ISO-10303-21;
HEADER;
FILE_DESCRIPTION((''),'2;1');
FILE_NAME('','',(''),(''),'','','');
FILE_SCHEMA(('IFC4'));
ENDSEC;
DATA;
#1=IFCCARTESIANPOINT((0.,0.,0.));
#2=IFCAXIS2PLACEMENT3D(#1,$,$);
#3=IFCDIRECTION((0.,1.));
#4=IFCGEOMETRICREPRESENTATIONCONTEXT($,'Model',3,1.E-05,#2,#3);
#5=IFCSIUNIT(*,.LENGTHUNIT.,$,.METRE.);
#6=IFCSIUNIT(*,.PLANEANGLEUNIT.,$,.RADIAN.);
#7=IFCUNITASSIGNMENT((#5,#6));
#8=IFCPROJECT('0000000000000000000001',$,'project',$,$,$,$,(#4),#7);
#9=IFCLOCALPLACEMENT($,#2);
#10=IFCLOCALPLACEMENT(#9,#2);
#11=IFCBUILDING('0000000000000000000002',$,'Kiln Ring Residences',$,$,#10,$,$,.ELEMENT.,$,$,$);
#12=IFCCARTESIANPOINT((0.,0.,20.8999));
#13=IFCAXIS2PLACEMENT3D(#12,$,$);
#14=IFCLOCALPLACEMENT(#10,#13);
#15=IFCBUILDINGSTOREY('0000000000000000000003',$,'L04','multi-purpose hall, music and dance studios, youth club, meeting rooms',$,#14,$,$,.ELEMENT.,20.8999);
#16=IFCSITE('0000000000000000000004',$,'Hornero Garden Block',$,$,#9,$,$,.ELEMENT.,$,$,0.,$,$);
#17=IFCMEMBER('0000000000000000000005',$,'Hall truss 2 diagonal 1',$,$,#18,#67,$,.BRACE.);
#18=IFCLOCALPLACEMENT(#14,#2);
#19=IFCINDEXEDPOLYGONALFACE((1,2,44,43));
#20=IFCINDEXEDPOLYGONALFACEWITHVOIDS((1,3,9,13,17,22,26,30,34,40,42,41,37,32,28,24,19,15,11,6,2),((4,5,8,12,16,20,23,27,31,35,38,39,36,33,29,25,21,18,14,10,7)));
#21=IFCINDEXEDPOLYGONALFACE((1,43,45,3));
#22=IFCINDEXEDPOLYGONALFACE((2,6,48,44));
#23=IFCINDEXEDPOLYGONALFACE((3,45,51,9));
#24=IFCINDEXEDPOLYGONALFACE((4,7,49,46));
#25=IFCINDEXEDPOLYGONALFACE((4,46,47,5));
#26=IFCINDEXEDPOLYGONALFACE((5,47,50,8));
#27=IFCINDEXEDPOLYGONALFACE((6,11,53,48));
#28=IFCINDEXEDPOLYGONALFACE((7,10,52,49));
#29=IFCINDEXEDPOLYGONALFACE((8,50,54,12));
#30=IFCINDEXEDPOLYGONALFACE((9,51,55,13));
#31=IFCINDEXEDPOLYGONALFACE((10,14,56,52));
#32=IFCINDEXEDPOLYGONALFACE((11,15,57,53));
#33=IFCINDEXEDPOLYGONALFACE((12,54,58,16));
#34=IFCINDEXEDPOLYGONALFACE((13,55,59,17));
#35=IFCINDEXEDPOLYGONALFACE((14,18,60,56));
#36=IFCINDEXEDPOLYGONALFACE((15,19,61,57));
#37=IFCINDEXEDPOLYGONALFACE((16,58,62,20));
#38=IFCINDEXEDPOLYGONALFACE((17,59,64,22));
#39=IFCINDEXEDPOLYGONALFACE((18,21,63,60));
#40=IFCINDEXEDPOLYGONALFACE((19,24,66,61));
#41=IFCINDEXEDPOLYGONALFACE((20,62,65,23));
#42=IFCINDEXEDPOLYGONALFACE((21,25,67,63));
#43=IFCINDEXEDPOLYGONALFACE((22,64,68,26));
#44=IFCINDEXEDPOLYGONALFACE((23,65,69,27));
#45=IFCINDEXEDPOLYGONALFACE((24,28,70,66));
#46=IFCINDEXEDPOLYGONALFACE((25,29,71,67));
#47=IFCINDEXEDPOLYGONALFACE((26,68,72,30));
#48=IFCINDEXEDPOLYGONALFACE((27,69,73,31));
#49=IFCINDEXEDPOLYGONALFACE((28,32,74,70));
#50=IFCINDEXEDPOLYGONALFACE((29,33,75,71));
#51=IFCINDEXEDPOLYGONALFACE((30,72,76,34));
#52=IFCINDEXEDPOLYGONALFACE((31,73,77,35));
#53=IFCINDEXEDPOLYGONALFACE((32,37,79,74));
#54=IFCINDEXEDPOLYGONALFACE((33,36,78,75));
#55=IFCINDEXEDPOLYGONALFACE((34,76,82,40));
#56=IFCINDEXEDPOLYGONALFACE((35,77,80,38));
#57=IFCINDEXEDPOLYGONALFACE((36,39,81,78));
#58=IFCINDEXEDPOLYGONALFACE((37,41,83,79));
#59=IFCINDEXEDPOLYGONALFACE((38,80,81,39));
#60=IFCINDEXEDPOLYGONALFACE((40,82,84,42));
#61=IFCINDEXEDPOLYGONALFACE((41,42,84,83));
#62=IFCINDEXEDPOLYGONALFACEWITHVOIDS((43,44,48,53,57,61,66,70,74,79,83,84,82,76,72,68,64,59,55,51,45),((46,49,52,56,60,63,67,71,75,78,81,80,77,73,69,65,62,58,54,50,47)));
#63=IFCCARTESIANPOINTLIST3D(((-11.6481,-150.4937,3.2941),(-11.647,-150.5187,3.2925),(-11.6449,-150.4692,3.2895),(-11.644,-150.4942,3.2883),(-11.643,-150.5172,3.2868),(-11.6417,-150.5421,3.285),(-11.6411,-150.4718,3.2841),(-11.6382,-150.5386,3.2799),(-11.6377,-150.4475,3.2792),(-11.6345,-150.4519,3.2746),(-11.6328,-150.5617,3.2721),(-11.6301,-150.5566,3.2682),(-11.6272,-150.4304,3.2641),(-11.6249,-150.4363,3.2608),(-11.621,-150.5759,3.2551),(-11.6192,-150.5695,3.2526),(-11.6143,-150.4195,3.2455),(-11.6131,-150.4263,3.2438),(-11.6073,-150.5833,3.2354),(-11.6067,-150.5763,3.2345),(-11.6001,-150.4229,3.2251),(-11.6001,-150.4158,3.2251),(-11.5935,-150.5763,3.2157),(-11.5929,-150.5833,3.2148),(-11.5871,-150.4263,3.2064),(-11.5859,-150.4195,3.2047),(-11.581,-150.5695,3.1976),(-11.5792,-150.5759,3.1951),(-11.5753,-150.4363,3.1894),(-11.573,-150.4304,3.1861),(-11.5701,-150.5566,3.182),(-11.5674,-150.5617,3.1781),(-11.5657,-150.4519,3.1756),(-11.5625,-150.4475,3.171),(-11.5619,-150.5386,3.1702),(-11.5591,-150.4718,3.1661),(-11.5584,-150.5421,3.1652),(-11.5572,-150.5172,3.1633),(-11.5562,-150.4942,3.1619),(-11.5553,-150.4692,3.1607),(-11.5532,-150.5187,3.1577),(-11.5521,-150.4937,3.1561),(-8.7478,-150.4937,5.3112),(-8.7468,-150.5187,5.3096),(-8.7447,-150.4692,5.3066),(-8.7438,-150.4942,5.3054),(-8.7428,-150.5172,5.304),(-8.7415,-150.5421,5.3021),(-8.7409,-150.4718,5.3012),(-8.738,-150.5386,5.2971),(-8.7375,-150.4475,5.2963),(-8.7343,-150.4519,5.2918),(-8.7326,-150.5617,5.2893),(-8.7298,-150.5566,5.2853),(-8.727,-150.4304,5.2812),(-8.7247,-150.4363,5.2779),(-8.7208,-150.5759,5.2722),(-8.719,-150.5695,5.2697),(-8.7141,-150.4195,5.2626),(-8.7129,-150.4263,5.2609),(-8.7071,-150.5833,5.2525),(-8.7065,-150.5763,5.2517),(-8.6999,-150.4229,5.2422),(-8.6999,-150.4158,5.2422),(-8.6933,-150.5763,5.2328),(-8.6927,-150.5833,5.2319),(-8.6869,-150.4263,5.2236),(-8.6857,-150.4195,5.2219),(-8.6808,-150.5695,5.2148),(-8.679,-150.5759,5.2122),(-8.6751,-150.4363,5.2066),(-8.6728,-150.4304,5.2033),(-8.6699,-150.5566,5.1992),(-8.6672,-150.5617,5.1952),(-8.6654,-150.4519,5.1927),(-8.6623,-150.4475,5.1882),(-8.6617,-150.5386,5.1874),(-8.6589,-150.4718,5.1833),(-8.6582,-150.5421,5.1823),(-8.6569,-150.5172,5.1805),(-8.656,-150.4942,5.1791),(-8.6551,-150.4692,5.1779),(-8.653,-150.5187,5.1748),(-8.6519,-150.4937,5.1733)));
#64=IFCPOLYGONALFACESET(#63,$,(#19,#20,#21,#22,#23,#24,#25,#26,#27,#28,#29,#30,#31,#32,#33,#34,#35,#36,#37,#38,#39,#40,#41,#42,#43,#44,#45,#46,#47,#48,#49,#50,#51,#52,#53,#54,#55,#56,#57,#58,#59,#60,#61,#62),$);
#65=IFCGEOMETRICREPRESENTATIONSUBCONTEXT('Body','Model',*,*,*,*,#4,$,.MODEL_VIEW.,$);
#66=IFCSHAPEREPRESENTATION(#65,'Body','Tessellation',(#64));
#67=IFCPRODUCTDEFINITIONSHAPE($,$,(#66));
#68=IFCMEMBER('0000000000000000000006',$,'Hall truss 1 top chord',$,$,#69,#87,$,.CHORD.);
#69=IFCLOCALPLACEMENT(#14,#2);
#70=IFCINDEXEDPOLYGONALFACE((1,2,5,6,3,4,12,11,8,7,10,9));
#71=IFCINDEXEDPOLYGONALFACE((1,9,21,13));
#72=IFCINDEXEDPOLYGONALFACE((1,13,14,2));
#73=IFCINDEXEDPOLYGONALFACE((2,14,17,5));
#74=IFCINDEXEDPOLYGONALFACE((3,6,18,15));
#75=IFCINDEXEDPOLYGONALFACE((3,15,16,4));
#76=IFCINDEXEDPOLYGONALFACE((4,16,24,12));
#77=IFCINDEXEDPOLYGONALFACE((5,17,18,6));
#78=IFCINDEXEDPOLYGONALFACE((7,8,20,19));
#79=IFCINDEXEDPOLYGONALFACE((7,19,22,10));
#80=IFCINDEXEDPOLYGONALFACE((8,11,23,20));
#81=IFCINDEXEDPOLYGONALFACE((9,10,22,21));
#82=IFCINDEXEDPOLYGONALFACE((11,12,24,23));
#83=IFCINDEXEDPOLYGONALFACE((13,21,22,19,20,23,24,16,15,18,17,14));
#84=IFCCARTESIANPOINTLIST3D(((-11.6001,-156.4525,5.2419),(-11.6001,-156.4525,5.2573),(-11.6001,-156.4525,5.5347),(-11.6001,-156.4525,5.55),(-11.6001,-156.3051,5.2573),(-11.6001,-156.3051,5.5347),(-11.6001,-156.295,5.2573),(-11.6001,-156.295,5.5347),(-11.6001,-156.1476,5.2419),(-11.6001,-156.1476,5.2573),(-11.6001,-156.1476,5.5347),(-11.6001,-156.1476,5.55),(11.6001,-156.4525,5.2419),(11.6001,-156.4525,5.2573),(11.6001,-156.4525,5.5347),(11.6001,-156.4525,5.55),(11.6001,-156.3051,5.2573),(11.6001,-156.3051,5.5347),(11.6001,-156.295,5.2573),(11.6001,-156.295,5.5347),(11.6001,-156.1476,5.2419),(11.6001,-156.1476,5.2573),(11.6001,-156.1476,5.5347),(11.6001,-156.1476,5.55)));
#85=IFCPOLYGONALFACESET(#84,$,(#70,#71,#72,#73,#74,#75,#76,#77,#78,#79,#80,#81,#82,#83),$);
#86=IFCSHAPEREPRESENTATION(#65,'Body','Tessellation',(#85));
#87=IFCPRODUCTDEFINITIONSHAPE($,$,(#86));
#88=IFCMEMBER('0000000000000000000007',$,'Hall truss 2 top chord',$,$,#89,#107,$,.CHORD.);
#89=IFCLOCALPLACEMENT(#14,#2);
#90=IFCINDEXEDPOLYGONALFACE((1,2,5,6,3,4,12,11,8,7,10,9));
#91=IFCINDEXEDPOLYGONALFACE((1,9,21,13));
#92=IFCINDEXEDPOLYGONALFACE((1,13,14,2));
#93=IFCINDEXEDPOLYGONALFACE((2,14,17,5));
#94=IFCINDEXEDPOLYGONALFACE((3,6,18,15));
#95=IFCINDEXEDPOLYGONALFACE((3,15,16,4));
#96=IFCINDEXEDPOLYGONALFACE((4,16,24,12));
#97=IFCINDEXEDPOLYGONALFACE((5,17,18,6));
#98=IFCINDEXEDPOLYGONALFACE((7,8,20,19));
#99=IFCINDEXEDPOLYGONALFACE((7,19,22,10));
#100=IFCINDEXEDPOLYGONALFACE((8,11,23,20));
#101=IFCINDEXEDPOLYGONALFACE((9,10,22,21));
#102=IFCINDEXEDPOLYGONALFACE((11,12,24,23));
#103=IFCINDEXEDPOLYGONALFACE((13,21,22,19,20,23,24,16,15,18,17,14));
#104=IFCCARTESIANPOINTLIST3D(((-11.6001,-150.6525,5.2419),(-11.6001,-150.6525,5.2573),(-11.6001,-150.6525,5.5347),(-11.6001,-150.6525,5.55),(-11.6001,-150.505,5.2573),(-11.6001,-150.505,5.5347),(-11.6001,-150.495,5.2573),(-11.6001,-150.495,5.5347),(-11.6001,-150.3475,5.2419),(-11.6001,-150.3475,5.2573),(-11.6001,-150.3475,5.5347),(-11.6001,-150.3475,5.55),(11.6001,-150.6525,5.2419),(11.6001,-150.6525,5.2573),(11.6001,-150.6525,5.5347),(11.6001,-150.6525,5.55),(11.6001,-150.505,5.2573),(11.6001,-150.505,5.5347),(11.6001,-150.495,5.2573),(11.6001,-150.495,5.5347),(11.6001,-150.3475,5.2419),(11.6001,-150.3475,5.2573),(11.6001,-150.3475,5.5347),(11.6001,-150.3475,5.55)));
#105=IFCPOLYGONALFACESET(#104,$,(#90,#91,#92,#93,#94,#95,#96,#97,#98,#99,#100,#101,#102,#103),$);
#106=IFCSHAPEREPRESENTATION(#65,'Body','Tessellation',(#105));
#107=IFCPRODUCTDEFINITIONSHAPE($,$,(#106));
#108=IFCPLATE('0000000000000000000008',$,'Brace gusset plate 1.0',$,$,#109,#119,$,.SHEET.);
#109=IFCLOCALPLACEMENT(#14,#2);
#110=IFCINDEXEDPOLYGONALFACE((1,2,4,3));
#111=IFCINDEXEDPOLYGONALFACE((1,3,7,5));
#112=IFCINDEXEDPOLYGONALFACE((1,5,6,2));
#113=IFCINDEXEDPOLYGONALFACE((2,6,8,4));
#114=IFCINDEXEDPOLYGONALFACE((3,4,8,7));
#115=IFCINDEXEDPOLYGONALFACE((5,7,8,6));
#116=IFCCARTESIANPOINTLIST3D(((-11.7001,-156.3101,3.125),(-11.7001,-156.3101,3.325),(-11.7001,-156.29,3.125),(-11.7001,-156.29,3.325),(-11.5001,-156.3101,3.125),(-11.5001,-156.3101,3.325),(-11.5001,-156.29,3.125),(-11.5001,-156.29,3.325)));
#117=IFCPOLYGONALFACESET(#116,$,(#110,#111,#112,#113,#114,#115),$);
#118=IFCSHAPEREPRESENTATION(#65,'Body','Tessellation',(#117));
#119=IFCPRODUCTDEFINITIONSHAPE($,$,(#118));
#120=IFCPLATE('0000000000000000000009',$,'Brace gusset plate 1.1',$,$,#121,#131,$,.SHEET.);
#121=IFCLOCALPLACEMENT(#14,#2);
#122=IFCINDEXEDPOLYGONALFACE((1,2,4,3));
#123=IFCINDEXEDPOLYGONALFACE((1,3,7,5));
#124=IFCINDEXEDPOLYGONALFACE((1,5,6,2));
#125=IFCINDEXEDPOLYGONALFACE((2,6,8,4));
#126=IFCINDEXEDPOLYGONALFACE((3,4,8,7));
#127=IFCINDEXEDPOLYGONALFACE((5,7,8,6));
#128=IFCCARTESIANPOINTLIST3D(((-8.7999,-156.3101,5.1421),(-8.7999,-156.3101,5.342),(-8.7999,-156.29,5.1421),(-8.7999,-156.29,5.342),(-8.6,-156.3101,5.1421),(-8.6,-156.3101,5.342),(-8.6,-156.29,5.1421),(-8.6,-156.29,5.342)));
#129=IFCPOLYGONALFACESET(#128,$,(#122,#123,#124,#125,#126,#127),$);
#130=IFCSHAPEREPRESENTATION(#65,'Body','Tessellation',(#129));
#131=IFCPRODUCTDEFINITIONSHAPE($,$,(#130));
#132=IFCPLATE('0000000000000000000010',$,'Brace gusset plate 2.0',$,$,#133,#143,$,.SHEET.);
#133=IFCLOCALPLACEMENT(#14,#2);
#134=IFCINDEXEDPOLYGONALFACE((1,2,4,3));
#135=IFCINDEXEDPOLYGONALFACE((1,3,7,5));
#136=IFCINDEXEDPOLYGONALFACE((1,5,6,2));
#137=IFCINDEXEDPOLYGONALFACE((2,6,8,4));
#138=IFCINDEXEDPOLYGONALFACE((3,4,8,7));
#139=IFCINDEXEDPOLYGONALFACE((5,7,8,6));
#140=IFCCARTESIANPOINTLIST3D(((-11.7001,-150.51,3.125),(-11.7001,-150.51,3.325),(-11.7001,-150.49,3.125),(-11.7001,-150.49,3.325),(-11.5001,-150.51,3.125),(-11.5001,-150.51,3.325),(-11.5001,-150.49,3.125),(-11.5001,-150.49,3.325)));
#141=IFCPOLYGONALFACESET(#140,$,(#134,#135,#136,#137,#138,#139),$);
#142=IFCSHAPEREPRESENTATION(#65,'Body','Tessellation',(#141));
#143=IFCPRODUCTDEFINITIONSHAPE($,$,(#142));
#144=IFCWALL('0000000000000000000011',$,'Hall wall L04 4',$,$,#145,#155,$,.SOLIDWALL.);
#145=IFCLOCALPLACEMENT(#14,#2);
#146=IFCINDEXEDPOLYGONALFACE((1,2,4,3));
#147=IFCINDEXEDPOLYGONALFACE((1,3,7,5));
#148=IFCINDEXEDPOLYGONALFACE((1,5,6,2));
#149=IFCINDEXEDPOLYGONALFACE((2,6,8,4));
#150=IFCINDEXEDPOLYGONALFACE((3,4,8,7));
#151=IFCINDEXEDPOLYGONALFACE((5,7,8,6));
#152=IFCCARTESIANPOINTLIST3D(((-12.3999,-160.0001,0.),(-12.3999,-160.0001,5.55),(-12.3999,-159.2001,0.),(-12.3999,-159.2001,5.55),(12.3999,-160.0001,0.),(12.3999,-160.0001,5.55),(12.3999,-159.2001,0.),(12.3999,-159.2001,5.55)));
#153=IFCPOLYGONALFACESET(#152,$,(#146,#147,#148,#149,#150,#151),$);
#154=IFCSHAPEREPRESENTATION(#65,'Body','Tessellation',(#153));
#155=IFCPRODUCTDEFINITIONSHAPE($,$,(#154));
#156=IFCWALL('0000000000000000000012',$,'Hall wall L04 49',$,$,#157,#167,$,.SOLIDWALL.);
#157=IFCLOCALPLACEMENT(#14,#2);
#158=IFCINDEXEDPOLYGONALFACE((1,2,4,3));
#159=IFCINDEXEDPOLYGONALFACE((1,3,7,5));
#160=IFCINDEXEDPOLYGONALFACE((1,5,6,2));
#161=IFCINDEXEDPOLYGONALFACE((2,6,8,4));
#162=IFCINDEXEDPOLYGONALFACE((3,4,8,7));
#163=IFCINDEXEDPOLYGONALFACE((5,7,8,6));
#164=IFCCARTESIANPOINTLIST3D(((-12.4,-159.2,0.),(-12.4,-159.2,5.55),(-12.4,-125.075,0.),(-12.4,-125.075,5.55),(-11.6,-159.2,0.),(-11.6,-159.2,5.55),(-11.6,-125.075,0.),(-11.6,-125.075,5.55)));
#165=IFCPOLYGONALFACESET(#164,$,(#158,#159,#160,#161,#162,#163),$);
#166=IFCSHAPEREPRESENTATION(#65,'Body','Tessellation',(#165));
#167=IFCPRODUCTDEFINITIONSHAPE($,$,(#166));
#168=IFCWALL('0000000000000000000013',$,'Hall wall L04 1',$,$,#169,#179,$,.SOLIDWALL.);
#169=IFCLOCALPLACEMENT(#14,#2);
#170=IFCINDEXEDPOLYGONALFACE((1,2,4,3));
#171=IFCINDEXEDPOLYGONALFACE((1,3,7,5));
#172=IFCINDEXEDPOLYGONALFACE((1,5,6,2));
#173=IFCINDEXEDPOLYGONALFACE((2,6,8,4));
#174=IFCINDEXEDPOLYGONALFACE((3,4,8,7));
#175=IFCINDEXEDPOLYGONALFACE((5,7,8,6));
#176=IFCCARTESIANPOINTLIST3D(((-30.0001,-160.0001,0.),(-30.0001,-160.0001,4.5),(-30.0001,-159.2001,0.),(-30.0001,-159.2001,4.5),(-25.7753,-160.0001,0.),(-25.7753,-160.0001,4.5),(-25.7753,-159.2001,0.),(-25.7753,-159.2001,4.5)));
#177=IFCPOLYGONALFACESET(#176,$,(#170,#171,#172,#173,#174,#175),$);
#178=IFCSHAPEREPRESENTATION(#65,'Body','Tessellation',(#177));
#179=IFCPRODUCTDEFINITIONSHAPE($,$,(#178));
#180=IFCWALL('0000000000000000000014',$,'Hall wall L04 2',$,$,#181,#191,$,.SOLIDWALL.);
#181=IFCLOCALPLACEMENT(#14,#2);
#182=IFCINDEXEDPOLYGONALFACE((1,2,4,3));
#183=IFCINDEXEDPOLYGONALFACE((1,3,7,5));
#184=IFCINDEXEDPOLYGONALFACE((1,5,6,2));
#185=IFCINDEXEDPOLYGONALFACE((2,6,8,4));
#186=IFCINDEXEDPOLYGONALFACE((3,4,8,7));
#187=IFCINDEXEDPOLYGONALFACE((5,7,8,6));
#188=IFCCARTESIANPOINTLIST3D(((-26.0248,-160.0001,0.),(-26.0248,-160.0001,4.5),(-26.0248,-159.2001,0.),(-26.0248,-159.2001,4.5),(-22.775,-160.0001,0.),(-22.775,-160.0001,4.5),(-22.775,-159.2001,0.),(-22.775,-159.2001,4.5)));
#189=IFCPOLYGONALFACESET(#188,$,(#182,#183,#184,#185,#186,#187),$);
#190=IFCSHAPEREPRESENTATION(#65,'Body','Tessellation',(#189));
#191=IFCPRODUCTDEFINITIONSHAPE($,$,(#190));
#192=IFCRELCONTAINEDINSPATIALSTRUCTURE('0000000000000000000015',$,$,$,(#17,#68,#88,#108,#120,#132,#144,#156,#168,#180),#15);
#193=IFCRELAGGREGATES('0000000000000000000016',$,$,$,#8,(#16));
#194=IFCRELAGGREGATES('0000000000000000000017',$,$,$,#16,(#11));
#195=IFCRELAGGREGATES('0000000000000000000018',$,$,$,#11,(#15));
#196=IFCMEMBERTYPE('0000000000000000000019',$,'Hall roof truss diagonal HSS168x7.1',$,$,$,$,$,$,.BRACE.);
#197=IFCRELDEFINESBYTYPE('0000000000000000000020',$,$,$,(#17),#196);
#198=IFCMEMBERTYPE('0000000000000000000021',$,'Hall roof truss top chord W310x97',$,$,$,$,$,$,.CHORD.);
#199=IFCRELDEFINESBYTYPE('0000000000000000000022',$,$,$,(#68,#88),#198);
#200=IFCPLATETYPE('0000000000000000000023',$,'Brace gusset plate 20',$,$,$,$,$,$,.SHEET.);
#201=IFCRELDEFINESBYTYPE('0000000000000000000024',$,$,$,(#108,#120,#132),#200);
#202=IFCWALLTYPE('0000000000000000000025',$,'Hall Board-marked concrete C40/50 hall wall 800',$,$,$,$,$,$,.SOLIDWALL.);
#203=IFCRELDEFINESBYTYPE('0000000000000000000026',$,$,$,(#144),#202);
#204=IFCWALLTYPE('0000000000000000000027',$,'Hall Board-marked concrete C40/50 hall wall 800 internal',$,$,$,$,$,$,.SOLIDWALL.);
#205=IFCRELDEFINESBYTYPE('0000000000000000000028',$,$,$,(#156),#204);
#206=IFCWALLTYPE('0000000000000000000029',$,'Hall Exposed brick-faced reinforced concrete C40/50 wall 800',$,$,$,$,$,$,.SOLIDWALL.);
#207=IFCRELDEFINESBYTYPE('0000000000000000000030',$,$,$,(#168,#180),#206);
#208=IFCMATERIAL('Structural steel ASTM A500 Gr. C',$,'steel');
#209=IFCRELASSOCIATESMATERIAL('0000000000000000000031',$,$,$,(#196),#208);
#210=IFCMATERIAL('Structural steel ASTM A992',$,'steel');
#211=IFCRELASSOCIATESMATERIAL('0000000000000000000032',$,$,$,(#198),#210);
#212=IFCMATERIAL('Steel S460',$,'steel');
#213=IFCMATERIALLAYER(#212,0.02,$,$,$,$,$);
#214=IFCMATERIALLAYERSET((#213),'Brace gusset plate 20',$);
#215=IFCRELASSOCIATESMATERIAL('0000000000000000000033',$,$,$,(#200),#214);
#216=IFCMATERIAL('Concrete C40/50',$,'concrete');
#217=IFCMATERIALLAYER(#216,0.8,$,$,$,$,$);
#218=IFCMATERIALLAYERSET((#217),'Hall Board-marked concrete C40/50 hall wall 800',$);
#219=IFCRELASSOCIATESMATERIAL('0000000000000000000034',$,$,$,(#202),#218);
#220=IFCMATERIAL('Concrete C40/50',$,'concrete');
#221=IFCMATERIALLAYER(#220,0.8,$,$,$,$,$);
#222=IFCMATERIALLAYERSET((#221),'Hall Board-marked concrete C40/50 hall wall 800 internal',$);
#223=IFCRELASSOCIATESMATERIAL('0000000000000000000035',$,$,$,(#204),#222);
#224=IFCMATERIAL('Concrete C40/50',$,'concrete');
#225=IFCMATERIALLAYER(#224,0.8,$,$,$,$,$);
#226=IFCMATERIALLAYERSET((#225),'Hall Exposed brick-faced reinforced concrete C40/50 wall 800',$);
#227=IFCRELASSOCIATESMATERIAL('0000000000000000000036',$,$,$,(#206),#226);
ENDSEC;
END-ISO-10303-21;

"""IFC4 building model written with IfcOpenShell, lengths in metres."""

from ifc_helpers import new_model, si_unit, direction, frame, frame_2d, origin, origin_2d, place, context, subcontext, project, spatial, rectangle, hollow_circle, i_section, extrude, material, layer, layer_set, material_profile, profile_set, type_object, element, save


model = new_model("IFC4")

# Units and contexts
model_context = context("Model", 3, precision=1e-05, world=origin(), true_north=direction((0.0, 1.0)))
body_context = subcontext(model_context, "Body", "Model", "MODEL_VIEW")
ifc_project = project(units=[si_unit("LENGTHUNIT", "METRE"), si_unit("PLANEANGLEUNIT", "RADIAN")], contexts=[model_context])

# Site, building, storey
site_placement = place(None, origin())
site = spatial("IfcSite", under=ifc_project, at=site_placement, Name="Hornero Garden Block", CompositionType="ELEMENT", RefElevation=0.0)
building_placement = place(site_placement, origin())
building = spatial("IfcBuilding", under=site, at=building_placement, Name="Kiln Ring Residences", CompositionType="ELEMENT")
storey_placement = place(building_placement, frame((0.0, 0.0, 20.8999)))
storey = spatial("IfcBuildingStorey", under=building, at=storey_placement, Name="L04", Description="multi-purpose hall, music and dance studios, youth club, meeting rooms", CompositionType="ELEMENT", Elevation=20.8999)

# Members
ifc_material_1 = material(Name="Structural steel ASTM A500 Gr. C", Category="steel")
ifc_material_profile_1 = material_profile(ifc_material_1, hollow_circle(Radius=0.0842, WallThickness=0.0071, at=origin_2d()), Name="HSS168x7.1")
ifc_profile_set_1 = profile_set([ifc_material_profile_1], Name="Structural steel ASTM A500 Gr. C")
member_type_1 = type_object("IfcMemberType", Name="Hall roof truss diagonal HSS168x7.1", PredefinedType="BRACE", material=ifc_profile_set_1)
member_1_placement = place(storey_placement, frame((-11.6001, -150.5, 3.2251), z_axis=(0.820959, 0.0, 0.570988), x_axis=(0.0, 1.0, 0.0)))
element("IfcMember", 1, at=member_1_placement, inside=storey, type_object=member_type_1, Name="Hall truss 2 diagonal 1", PredefinedType="BRACE", context=body_context, shape_type="SweptSolid", body=[
    extrude(hollow_circle(Radius=0.0842, WallThickness=0.0071, at=origin_2d()), origin(), (0.0, 0.0, 1.0), 3.5327),
])
ifc_material_2 = material(Name="Structural steel ASTM A992", Category="steel")
ifc_material_profile_2 = material_profile(ifc_material_2, i_section(OverallWidth=0.3049, OverallDepth=0.3081, WebThickness=0.01, FlangeThickness=0.0154, at=origin_2d()), Name="W310x97")
ifc_profile_set_2 = profile_set([ifc_material_profile_2], Name="Structural steel ASTM A992")
member_type_2 = type_object("IfcMemberType", Name="Hall roof truss top chord W310x97", PredefinedType="CHORD", material=ifc_profile_set_2)
for number, where, z_axis, x_axis, name in (
    (2, (-11.6001, -156.3, 5.396), (1.0, 0.0, 0.0), (0.0, 1.0, 0.0), "Hall truss 1 top chord"),
    (3, (-11.6001, -150.5, 5.396), (1.0, 0.0, 0.0), (0.0, 1.0, 0.0), "Hall truss 2 top chord"),
):
    element("IfcMember", number, at=place(storey_placement, frame(where, z_axis=z_axis, x_axis=x_axis)), inside=storey, type_object=member_type_2, Name=name, PredefinedType="CHORD", context=body_context, shape_type="SweptSolid", body=[
        extrude(i_section(OverallWidth=0.3049, OverallDepth=0.3081, WebThickness=0.01, FlangeThickness=0.0154, at=origin_2d()), origin(), (0.0, 0.0, 1.0), 23.2002),
    ])

# Plates
ifc_material_3 = material(Name="Steel S460", Category="steel")
ifc_layer_1 = layer(ifc_material_3, 0.02)
ifc_layer_set_1 = layer_set([ifc_layer_1], Name="Brace gusset plate 20")
plate_type = type_object("IfcPlateType", Name="Brace gusset plate 20", PredefinedType="SHEET", material=ifc_layer_set_1)
for number, where, z_axis, x_axis, name in (
    (4, (-11.6001, -156.3, 3.125), (0.0, 0.0, 1.0), (1.0, 0.0, 0.0), "Brace gusset plate 1.0"),
    (5, (-8.7, -156.3, 5.1421), (0.0, 0.0, 1.0), (1.0, 0.0, 0.0), "Brace gusset plate 1.1"),
    (6, (-11.6001, -150.5, 3.125), (0.0, 0.0, 1.0), (1.0, 0.0, 0.0), "Brace gusset plate 2.0"),
):
    element("IfcPlate", number, at=place(storey_placement, frame(where, z_axis=z_axis, x_axis=x_axis)), inside=storey, type_object=plate_type, Name=name, PredefinedType="SHEET", context=body_context, shape_type="SweptSolid", body=[
        extrude(rectangle(XDim=0.2, YDim=0.02, at=origin_2d()), origin(), (0.0, 0.0, 1.0), 0.2),
    ])

# Walls
ifc_material_4 = material(Name="Concrete C40/50", Category="concrete")
ifc_layer_2 = layer(ifc_material_4, 0.8)
ifc_layer_set_2 = layer_set([ifc_layer_2], Name="Hall Board-marked concrete C40/50 hall wall 800")
wall_type_1 = type_object("IfcWallType", Name="Hall Board-marked concrete C40/50 hall wall 800", PredefinedType="SOLIDWALL", material=ifc_layer_set_2)
wall_1_placement = place(storey_placement, frame((-12.3999, -159.6001, 0.0), z_axis=(0.0, 0.0, 1.0), x_axis=(1.0, 0.0, 0.0)))
element("IfcWall", 7, at=wall_1_placement, inside=storey, type_object=wall_type_1, Name="Hall wall L04 4", PredefinedType="SOLIDWALL", context=body_context, shape_type="SweptSolid", body=[
    extrude(rectangle(XDim=24.7998, YDim=0.8, at=frame_2d((12.3999, 0.0))), origin(), (0.0, 0.0, 1.0), 5.55),
])
ifc_material_5 = material(Name="Concrete C40/50", Category="concrete")
ifc_layer_3 = layer(ifc_material_5, 0.8)
ifc_layer_set_3 = layer_set([ifc_layer_3], Name="Hall Board-marked concrete C40/50 hall wall 800 internal")
wall_type_2 = type_object("IfcWallType", Name="Hall Board-marked concrete C40/50 hall wall 800 internal", PredefinedType="SOLIDWALL", material=ifc_layer_set_3)
wall_2_placement = place(storey_placement, frame((-12.0, -159.2, 0.0), z_axis=(0.0, 0.0, 1.0), x_axis=(0.0, 1.0, 0.0)))
element("IfcWall", 8, at=wall_2_placement, inside=storey, type_object=wall_type_2, Name="Hall wall L04 49", PredefinedType="SOLIDWALL", context=body_context, shape_type="SweptSolid", body=[
    extrude(rectangle(XDim=34.125, YDim=0.8, at=frame_2d((17.0625, 0.0))), origin(), (0.0, 0.0, 1.0), 5.55),
])
ifc_material_6 = material(Name="Concrete C40/50", Category="concrete")
ifc_layer_4 = layer(ifc_material_6, 0.8)
ifc_layer_set_4 = layer_set([ifc_layer_4], Name="Hall Exposed brick-faced reinforced concrete C40/50 wall 800")
wall_type_3 = type_object("IfcWallType", Name="Hall Exposed brick-faced reinforced concrete C40/50 wall 800", PredefinedType="SOLIDWALL", material=ifc_layer_set_4)
wall_3_placement = place(storey_placement, frame((-30.0, -159.6001, 0.0), z_axis=(0.0, 0.0, 1.0), x_axis=(1.0, 0.0, 0.0)))
element("IfcWall", 9, at=wall_3_placement, inside=storey, type_object=wall_type_3, Name="Hall wall L04 1", PredefinedType="SOLIDWALL", context=body_context, shape_type="SweptSolid", body=[
    extrude(rectangle(XDim=4.2249, YDim=0.8, at=frame_2d((2.1123, 0.0))), origin(), (0.0, 0.0, 1.0), 4.5),
])
wall_4_placement = place(storey_placement, frame((-26.0249, -159.6001, 0.0), z_axis=(0.0, 0.0, 1.0), x_axis=(1.0, 0.0, 0.0)))
element("IfcWall", 10, at=wall_4_placement, inside=storey, type_object=wall_type_3, Name="Hall wall L04 2", PredefinedType="SOLIDWALL", context=body_context, shape_type="SweptSolid", body=[
    extrude(rectangle(XDim=3.2498, YDim=0.8, at=frame_2d((1.625, 0.0))), origin(), (0.0, 0.0, 1.0), 4.5),
])

save(model, "model.ifc")
